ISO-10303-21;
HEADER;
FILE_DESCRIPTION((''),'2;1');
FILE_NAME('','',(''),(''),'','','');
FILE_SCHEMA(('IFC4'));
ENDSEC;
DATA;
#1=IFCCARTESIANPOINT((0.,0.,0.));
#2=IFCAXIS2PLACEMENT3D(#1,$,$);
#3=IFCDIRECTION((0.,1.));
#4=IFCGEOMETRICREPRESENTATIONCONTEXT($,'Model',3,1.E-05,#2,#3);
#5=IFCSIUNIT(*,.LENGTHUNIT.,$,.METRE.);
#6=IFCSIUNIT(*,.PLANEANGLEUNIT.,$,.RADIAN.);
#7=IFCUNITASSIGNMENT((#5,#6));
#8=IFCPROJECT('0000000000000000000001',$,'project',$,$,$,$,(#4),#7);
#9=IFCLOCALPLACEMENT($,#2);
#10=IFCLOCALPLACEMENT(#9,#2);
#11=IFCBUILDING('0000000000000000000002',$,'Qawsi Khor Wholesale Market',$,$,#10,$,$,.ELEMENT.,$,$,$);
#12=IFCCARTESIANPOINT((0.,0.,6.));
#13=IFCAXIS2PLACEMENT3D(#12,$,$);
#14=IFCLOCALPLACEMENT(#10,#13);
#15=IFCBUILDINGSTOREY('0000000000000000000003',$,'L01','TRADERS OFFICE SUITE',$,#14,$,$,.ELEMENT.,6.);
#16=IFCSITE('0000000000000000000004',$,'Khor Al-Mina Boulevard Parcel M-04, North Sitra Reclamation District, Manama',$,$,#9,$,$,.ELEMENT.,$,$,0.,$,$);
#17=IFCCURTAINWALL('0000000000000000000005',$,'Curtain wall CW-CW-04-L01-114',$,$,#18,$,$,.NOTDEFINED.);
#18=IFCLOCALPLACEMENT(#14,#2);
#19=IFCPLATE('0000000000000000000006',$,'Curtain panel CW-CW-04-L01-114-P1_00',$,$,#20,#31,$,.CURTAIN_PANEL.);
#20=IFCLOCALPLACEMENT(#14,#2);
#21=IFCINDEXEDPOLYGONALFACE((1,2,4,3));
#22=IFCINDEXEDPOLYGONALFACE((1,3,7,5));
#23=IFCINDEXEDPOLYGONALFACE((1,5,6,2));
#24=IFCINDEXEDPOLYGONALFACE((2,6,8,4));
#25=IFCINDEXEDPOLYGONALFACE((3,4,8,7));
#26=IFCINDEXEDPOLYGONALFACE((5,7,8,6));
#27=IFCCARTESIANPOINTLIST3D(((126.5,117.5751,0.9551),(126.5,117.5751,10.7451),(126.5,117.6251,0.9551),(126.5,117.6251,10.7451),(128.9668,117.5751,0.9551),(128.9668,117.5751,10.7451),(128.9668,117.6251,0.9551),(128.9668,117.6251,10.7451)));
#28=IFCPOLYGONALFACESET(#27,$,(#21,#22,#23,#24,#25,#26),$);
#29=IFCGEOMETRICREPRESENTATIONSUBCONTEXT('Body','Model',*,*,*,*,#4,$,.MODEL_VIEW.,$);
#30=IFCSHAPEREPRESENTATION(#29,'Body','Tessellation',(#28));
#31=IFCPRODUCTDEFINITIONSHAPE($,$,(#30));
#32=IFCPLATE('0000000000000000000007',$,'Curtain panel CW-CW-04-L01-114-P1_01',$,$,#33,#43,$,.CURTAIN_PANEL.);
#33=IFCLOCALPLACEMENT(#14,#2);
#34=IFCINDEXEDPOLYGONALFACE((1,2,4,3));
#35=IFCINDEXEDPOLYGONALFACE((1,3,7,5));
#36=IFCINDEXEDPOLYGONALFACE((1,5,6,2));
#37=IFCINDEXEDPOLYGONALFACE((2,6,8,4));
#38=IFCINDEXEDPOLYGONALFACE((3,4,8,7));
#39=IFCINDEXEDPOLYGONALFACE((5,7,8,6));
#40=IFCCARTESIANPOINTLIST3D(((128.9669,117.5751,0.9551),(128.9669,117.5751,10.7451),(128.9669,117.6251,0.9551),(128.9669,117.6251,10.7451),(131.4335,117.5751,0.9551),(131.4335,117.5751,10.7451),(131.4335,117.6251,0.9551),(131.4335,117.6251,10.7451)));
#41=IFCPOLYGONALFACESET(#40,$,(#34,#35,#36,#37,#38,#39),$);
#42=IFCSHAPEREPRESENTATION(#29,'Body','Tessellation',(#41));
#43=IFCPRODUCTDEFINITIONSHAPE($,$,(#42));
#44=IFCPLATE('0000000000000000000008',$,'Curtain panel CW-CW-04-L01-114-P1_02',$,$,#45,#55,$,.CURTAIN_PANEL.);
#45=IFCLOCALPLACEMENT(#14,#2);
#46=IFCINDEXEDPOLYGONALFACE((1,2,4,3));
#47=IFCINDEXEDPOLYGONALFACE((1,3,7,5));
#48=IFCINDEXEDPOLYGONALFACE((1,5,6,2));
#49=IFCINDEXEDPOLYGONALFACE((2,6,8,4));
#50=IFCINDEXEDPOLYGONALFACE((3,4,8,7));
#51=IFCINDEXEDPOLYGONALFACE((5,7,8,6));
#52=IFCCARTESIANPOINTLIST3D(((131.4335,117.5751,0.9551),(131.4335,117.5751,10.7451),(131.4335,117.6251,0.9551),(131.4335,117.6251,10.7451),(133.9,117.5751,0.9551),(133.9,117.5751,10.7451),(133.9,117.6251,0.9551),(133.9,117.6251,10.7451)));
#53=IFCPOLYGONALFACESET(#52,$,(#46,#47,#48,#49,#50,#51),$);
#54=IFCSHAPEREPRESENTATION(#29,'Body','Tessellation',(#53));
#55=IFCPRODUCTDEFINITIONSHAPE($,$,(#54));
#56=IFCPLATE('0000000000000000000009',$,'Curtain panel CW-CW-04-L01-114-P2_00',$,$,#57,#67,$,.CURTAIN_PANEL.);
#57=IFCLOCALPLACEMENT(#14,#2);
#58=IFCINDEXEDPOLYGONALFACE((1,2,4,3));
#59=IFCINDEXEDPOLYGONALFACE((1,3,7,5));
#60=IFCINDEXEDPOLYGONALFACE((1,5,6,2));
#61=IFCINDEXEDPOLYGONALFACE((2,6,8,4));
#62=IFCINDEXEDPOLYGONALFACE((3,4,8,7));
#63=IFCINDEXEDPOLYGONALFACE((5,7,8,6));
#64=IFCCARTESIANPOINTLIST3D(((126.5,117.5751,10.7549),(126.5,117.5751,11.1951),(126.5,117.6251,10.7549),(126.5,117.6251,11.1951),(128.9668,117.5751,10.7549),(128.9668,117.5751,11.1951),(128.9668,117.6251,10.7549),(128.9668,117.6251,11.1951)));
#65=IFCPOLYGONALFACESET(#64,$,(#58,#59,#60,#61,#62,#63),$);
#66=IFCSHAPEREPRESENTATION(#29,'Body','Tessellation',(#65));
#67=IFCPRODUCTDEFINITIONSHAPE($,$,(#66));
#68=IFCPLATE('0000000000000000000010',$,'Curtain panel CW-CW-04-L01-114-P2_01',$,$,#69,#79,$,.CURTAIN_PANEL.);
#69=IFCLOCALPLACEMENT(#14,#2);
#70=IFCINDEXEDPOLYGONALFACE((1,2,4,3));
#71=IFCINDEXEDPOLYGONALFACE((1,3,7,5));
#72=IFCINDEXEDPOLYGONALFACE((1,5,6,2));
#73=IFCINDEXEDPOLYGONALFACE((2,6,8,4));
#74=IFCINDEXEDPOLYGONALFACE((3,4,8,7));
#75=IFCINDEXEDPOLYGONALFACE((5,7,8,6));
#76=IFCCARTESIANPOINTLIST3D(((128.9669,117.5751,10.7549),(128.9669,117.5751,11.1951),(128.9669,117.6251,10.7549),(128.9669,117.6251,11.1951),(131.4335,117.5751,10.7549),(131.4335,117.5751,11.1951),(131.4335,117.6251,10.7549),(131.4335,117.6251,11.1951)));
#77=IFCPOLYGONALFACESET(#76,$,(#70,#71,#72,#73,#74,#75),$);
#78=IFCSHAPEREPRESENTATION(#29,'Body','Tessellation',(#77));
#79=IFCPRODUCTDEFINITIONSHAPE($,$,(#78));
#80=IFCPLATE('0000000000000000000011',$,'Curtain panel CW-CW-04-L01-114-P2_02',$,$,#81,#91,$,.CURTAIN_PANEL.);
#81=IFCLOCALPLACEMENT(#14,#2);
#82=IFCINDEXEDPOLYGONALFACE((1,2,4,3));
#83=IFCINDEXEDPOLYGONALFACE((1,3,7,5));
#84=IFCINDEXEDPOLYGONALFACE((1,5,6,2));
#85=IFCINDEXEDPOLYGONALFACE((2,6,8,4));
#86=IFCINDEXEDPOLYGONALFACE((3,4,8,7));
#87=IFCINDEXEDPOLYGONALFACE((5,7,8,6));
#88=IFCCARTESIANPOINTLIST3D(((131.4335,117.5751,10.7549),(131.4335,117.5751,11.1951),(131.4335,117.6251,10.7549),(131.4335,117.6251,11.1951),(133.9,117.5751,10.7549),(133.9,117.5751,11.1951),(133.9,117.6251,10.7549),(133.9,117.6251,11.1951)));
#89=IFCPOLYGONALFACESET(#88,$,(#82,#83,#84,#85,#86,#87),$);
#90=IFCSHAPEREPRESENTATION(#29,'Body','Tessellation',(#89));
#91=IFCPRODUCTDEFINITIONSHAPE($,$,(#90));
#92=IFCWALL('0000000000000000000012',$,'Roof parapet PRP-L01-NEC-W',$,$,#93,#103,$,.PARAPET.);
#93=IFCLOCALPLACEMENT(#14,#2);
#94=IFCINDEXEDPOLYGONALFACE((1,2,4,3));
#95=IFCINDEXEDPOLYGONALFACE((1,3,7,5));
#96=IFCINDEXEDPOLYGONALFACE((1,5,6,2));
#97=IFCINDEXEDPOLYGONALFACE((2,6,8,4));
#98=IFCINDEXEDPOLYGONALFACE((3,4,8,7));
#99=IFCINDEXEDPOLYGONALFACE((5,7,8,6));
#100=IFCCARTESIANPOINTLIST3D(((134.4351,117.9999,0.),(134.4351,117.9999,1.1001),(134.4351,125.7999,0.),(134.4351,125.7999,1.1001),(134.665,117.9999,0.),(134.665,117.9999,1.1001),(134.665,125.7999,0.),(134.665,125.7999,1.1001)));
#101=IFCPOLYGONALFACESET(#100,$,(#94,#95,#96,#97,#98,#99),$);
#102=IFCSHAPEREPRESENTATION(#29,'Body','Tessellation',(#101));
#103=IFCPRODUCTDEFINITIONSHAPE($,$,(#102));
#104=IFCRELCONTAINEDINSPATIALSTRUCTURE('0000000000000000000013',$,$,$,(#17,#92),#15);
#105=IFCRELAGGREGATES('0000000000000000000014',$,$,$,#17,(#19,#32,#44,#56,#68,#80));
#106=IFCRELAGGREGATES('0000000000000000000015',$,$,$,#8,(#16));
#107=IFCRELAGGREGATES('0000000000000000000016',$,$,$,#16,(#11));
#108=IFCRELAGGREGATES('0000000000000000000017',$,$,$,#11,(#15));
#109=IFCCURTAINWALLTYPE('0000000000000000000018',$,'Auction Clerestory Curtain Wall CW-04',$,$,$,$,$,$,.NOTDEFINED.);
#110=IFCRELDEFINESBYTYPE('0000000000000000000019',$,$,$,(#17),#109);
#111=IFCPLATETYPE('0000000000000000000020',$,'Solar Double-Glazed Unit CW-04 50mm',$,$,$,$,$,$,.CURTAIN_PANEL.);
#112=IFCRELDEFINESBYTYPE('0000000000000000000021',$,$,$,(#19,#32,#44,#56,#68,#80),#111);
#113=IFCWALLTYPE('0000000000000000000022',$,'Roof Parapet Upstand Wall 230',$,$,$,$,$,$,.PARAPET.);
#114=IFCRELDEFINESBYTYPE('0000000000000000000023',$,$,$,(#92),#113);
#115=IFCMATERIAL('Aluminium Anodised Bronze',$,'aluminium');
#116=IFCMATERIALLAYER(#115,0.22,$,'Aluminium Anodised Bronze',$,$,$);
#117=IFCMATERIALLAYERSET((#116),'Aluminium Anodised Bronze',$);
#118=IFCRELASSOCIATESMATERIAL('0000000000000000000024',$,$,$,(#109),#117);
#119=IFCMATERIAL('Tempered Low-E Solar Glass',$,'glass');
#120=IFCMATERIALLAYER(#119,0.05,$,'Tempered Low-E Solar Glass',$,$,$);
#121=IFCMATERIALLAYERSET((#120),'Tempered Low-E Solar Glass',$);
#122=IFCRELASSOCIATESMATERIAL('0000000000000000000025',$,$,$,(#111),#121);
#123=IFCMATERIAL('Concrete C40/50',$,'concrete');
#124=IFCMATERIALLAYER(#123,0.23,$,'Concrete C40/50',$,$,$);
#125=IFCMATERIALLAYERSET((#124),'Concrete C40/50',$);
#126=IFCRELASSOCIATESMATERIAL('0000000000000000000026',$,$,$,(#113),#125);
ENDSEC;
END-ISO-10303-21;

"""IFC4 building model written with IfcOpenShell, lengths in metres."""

from ifc_helpers import new_model, si_unit, direction, frame, frame_2d, origin, place, context, subcontext, project, spatial, rectangle, extrude, material, layer, layer_set, type_object, element, aggregate, save


model = new_model("IFC4")

# Units and contexts
model_context = context("Model", 3, precision=1e-05, world=origin(), true_north=direction((0.0, 1.0)))
body_context = subcontext(model_context, "Body", "Model", "MODEL_VIEW")
ifc_project = project(units=[si_unit("LENGTHUNIT", "METRE"), si_unit("PLANEANGLEUNIT", "RADIAN")], contexts=[model_context])

# Site, building, storey
site_placement = place(None, origin())
site = spatial("IfcSite", under=ifc_project, at=site_placement, Name="Khor Al-Mina Boulevard Parcel M-04, North Sitra Reclamation District, Manama", CompositionType="ELEMENT", RefElevation=0.0)
building_placement = place(site_placement, origin())
building = spatial("IfcBuilding", under=site, at=building_placement, Name="Qawsi Khor Wholesale Market", CompositionType="ELEMENT")
storey_placement = place(building_placement, frame((0.0, 0.0, 6.0)))
storey = spatial("IfcBuildingStorey", under=building, at=storey_placement, Name="L01", Description="TRADERS OFFICE SUITE", CompositionType="ELEMENT", Elevation=6.0)

# Shared definitions
ifc_material_1 = material(Name="Concrete C40/50", Category="concrete")

# Curtain wall
ifc_material_2 = material(Name="Aluminium Anodised Bronze", Category="aluminium")
ifc_layer_1 = layer(ifc_material_2, 0.22, Name="Aluminium Anodised Bronze")
ifc_layer_set_1 = layer_set([ifc_layer_1], Name="Aluminium Anodised Bronze")
curtain_wall_type = type_object("IfcCurtainWallType", Name="Auction Clerestory Curtain Wall CW-04", PredefinedType="NOTDEFINED", material=ifc_layer_set_1)
curtain_wall_placement = place(storey_placement, origin())
curtain_wall = element("IfcCurtainWall", 1, at=curtain_wall_placement, inside=storey, type_object=curtain_wall_type, Name="Curtain wall CW-CW-04-L01-114", PredefinedType="NOTDEFINED")

# Plates
ifc_material_3 = material(Name="Tempered Low-E Solar Glass", Category="glass")
ifc_layer_2 = layer(ifc_material_3, 0.05, Name="Tempered Low-E Solar Glass")
ifc_layer_set_2 = layer_set([ifc_layer_2], Name="Tempered Low-E Solar Glass")
plate_type_1 = type_object("IfcPlateType", Name="Solar Double-Glazed Unit CW-04 50mm", PredefinedType="CURTAIN_PANEL", material=ifc_layer_set_2)
plate_1_placement = place(storey_placement, frame((126.5, 117.6001, 0.9551), z_axis=(0.0, 0.0, 1.0), x_axis=(1.0, 0.0, 0.0)))
plate_1 = element("IfcPlate", 2, at=plate_1_placement, type_object=plate_type_1, Name="Curtain panel CW-CW-04-L01-114-P1_00", PredefinedType="CURTAIN_PANEL", context=body_context, shape_type="SweptSolid", body=[
    extrude(rectangle(XDim=2.4668, YDim=0.05, at=frame_2d((1.2334, 0.0))), origin(), (0.0, 0.0, 1.0), 9.79),
])
plate_2_placement = place(storey_placement, frame((128.9668, 117.6001, 0.9551), z_axis=(0.0, 0.0, 1.0), x_axis=(1.0, 0.0, 0.0)))
plate_2 = element("IfcPlate", 3, at=plate_2_placement, type_object=plate_type_1, Name="Curtain panel CW-CW-04-L01-114-P1_01", PredefinedType="CURTAIN_PANEL", context=body_context, shape_type="SweptSolid", body=[
    extrude(rectangle(XDim=2.4666, YDim=0.05, at=frame_2d((1.2334, 0.0))), origin(), (0.0, 0.0, 1.0), 9.79),
])
plate_3_placement = place(storey_placement, frame((131.4333, 117.6001, 0.9551), z_axis=(0.0, 0.0, 1.0), x_axis=(1.0, 0.0, 0.0)))
plate_3 = element("IfcPlate", 4, at=plate_3_placement, type_object=plate_type_1, Name="Curtain panel CW-CW-04-L01-114-P1_02", PredefinedType="CURTAIN_PANEL", context=body_context, shape_type="SweptSolid", body=[
    extrude(rectangle(XDim=2.4666, YDim=0.05, at=frame_2d((1.2334, 0.0))), origin(), (0.0, 0.0, 1.0), 9.79),
])
plate_4_placement = place(storey_placement, frame((126.5, 117.6001, 10.7549), z_axis=(0.0, 0.0, 1.0), x_axis=(1.0, 0.0, 0.0)))
plate_4 = element("IfcPlate", 5, at=plate_4_placement, type_object=plate_type_1, Name="Curtain panel CW-CW-04-L01-114-P2_00", PredefinedType="CURTAIN_PANEL", context=body_context, shape_type="SweptSolid", body=[
    extrude(rectangle(XDim=2.4668, YDim=0.05, at=frame_2d((1.2334, 0.0))), origin(), (0.0, 0.0, 1.0), 0.4402),
])
plate_5_placement = place(storey_placement, frame((128.9668, 117.6001, 10.7549), z_axis=(0.0, 0.0, 1.0), x_axis=(1.0, 0.0, 0.0)))
plate_5 = element("IfcPlate", 6, at=plate_5_placement, type_object=plate_type_1, Name="Curtain panel CW-CW-04-L01-114-P2_01", PredefinedType="CURTAIN_PANEL", context=body_context, shape_type="SweptSolid", body=[
    extrude(rectangle(XDim=2.4666, YDim=0.05, at=frame_2d((1.2334, 0.0))), origin(), (0.0, 0.0, 1.0), 0.4402),
])
plate_6_placement = place(storey_placement, frame((131.4333, 117.6001, 10.7549), z_axis=(0.0, 0.0, 1.0), x_axis=(1.0, 0.0, 0.0)))
plate_6 = element("IfcPlate", 7, at=plate_6_placement, type_object=plate_type_1, Name="Curtain panel CW-CW-04-L01-114-P2_02", PredefinedType="CURTAIN_PANEL", context=body_context, shape_type="SweptSolid", body=[
    extrude(rectangle(XDim=2.4666, YDim=0.05, at=frame_2d((1.2334, 0.0))), origin(), (0.0, 0.0, 1.0), 0.4402),
])
aggregate(curtain_wall, [plate_1, plate_2, plate_3, plate_4, plate_5, plate_6])

# Wall
ifc_layer_3 = layer(ifc_material_1, 0.23, Name="Concrete C40/50")
ifc_layer_set_3 = layer_set([ifc_layer_3], Name="Concrete C40/50")
wall_type = type_object("IfcWallType", Name="Roof Parapet Upstand Wall 230", PredefinedType="PARAPET", material=ifc_layer_set_3)
wall_placement = place(storey_placement, frame((134.55, 118.0, 0.0), z_axis=(0.0, 0.0, 1.0), x_axis=(0.0, 1.0, 0.0)))
element("IfcWall", 8, at=wall_placement, inside=storey, type_object=wall_type, Name="Roof parapet PRP-L01-NEC-W", PredefinedType="PARAPET", context=body_context, shape_type="SweptSolid", body=[
    extrude(rectangle(XDim=7.8, YDim=0.23, at=frame_2d((3.8999, 0.0))), origin(), (0.0, 0.0, 1.0), 1.1001),
])

save(model, "model.ifc")
